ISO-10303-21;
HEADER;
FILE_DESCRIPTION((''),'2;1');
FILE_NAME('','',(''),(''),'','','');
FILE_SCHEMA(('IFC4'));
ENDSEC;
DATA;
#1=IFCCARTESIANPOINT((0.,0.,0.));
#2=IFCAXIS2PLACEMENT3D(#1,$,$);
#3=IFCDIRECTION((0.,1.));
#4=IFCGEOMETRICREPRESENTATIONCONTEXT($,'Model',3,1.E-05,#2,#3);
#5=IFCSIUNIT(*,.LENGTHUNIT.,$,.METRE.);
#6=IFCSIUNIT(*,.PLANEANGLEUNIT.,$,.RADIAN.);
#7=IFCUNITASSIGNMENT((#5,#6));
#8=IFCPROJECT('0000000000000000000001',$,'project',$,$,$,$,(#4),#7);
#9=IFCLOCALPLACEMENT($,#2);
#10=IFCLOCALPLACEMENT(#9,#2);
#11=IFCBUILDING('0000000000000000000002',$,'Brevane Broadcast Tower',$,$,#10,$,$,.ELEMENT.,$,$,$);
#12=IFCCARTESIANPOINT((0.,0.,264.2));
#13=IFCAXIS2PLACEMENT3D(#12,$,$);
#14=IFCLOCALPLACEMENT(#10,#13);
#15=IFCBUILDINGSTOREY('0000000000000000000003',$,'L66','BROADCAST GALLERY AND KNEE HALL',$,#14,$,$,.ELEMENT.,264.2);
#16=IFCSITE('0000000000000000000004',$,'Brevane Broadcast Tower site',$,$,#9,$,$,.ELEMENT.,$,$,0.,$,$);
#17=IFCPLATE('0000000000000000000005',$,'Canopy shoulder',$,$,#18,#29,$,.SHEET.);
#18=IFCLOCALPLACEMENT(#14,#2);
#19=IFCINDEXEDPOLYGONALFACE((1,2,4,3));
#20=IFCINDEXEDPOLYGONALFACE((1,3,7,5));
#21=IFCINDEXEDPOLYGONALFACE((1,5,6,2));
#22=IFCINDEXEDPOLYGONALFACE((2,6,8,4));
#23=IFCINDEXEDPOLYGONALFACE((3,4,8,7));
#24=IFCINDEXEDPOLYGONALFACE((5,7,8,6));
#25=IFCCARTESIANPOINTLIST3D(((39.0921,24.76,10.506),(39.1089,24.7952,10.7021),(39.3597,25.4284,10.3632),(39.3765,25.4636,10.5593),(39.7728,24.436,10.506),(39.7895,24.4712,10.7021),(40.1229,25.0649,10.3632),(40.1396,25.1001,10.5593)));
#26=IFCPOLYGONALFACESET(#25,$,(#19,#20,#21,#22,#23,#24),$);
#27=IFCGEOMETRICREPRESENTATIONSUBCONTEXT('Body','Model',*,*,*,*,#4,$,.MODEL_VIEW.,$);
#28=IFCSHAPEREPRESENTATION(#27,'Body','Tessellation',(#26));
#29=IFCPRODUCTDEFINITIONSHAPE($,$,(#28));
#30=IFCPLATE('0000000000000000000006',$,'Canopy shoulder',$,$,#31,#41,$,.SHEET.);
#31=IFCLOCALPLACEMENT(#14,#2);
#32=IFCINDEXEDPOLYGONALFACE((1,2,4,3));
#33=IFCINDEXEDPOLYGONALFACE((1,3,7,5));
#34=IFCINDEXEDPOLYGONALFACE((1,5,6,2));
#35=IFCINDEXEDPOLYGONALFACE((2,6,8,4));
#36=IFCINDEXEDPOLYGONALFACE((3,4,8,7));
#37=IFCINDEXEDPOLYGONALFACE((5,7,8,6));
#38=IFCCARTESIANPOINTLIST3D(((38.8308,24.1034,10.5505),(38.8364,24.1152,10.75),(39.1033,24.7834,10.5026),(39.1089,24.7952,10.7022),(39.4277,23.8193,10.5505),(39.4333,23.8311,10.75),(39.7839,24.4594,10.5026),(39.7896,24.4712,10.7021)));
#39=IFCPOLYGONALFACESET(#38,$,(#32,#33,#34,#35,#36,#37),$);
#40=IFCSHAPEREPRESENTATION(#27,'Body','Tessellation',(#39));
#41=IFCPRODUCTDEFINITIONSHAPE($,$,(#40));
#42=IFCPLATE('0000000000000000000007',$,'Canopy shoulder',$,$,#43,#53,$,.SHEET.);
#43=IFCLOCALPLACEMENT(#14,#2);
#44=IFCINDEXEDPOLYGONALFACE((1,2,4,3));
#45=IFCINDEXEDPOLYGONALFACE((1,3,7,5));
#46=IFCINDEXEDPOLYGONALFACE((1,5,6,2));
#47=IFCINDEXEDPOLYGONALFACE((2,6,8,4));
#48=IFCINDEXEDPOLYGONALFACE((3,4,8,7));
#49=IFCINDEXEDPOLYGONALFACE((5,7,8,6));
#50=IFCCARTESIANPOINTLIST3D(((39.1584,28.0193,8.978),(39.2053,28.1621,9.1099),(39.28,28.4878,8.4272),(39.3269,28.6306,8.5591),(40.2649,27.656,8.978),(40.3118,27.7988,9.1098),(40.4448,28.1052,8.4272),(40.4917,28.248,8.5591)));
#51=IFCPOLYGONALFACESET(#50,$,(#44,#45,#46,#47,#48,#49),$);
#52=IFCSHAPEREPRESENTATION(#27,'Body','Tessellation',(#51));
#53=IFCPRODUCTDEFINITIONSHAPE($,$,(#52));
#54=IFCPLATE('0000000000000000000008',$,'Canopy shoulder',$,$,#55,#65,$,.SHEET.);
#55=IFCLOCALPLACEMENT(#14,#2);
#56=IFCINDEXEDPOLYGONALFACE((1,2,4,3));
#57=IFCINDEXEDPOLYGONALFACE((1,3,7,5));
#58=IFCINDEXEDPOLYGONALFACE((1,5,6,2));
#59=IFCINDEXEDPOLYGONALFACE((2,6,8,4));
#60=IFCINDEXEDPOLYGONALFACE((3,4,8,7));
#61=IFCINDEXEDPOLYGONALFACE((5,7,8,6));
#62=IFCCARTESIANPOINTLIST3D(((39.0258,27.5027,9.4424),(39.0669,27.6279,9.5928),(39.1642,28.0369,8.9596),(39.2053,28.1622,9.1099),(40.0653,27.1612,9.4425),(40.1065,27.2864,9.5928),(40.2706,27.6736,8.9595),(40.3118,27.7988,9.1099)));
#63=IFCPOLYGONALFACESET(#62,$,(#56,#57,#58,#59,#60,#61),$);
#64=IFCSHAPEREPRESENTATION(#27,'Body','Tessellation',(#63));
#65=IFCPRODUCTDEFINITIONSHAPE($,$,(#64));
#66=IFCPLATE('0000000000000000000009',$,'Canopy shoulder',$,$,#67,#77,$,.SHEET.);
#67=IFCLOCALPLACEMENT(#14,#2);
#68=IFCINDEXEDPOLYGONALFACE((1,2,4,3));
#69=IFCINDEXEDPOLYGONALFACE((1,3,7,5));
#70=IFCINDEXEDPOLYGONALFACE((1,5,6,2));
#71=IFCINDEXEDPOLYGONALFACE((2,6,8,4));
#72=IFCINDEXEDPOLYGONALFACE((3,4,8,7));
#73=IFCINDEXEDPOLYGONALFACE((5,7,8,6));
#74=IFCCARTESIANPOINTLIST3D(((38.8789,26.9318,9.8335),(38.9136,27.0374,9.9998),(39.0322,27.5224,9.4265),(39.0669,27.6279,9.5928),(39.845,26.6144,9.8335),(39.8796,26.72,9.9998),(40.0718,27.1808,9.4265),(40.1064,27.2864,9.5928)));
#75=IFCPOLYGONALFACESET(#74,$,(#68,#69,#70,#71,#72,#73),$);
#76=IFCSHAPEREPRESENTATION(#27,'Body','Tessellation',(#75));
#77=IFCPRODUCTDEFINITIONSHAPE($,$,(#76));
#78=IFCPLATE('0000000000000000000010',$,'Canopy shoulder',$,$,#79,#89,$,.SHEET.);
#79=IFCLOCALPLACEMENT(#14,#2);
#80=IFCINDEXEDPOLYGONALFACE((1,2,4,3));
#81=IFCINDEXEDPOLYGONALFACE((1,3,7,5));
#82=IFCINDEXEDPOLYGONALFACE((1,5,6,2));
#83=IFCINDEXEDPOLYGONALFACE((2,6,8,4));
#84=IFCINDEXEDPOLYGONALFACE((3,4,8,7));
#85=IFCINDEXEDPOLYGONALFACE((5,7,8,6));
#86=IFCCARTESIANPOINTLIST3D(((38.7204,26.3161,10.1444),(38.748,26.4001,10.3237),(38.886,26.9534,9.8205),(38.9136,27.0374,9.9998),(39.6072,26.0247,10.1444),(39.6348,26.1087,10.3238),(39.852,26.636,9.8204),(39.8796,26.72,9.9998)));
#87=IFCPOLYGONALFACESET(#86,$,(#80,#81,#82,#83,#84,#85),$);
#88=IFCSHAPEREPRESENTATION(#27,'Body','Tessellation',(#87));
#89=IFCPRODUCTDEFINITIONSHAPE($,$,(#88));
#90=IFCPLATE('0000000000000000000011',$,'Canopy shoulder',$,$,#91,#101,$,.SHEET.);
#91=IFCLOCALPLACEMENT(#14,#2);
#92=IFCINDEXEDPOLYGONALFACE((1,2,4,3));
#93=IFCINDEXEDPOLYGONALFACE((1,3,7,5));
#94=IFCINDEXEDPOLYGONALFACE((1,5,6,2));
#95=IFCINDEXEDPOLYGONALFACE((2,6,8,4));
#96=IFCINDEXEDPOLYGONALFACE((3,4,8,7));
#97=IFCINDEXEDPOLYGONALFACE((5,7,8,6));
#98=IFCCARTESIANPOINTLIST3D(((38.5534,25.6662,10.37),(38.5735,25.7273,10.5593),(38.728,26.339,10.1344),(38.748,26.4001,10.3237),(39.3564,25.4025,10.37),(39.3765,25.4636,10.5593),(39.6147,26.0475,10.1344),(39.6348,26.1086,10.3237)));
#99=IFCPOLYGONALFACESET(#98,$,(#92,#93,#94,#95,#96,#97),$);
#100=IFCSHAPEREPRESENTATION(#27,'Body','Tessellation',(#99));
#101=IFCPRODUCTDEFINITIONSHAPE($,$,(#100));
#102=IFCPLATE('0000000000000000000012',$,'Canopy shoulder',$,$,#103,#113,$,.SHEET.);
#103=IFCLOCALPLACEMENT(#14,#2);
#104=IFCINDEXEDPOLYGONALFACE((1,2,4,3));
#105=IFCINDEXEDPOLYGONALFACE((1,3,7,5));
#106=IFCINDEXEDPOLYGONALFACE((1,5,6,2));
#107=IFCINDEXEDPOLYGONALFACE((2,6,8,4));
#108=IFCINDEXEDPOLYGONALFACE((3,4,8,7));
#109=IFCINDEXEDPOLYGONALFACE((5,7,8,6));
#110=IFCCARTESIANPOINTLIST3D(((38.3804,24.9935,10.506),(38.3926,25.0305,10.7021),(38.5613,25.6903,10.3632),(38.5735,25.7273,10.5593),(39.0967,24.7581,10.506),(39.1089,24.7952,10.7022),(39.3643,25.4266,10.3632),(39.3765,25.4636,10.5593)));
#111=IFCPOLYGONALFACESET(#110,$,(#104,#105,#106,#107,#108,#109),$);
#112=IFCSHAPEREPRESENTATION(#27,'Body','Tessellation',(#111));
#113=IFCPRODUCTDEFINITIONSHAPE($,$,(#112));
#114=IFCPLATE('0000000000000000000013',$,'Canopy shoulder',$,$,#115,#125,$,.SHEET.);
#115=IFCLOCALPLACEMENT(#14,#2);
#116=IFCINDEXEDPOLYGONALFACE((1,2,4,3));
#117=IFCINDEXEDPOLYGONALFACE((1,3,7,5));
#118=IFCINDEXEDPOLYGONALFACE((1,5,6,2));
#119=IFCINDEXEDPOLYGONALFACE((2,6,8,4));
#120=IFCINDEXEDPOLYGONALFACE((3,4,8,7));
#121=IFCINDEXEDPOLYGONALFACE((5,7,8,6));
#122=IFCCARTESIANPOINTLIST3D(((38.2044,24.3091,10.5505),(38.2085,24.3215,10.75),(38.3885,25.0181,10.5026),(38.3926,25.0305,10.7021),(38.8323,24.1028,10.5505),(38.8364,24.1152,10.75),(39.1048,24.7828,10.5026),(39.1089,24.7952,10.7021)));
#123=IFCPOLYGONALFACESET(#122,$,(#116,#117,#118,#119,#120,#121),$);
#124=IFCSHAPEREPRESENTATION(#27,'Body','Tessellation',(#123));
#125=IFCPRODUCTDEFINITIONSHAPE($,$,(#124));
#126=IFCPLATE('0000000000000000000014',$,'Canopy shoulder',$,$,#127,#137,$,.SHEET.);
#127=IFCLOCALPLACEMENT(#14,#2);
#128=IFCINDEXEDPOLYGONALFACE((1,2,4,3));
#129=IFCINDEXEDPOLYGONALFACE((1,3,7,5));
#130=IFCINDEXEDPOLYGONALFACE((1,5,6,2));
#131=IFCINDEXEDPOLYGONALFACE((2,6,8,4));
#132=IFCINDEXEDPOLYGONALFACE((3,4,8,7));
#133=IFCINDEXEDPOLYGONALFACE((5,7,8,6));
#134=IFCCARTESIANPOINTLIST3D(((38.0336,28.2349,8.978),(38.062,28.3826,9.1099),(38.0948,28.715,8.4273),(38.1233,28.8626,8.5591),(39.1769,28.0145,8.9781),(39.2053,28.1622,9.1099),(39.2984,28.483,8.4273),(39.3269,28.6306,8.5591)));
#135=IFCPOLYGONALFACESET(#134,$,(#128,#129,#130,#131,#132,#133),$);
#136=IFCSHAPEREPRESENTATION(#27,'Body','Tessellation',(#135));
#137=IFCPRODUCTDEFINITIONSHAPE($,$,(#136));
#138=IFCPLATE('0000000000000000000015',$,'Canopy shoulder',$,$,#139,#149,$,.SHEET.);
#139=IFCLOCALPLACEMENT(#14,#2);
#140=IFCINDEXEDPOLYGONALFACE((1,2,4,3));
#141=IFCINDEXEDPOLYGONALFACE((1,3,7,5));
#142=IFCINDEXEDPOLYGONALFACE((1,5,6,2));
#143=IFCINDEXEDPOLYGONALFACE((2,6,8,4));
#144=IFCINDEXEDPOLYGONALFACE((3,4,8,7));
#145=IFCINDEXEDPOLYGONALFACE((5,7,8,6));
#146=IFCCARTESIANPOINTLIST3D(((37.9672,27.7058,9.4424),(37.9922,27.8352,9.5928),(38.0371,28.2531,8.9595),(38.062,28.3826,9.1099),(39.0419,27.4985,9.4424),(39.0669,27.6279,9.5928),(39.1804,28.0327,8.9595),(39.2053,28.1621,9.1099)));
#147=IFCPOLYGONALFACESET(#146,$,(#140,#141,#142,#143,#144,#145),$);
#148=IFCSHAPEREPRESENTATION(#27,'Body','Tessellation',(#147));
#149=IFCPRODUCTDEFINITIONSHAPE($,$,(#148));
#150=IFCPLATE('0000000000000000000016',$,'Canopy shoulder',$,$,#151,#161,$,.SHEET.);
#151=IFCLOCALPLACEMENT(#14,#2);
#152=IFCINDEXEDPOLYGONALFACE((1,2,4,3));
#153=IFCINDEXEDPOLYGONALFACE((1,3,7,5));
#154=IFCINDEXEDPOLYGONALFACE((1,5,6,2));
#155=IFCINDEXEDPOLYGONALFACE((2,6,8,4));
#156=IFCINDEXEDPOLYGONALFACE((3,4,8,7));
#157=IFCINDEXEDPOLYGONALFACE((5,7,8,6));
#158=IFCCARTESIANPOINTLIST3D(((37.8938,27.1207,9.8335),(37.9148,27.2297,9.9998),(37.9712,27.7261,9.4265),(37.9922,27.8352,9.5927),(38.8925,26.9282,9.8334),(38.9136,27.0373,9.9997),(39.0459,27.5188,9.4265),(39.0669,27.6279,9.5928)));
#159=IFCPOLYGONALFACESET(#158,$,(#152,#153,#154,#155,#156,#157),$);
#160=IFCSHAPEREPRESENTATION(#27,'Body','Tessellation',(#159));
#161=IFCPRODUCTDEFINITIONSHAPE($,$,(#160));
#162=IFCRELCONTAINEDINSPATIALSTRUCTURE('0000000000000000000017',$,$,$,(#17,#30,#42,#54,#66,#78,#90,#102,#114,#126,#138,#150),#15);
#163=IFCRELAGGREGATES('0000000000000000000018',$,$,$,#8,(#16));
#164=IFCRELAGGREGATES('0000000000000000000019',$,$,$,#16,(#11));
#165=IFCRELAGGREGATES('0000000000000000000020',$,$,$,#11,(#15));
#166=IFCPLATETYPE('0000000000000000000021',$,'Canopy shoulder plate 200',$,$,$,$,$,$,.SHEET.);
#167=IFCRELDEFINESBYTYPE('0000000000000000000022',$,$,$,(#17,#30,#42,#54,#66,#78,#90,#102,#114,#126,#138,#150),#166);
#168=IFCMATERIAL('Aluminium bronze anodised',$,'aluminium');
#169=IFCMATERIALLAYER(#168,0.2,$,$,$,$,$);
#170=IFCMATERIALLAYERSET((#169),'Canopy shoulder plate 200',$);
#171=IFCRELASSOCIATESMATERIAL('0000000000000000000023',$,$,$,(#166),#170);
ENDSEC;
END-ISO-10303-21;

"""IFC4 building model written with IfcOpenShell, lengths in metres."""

from ifc_helpers import new_model, si_unit, direction, frame, origin, place, context, subcontext, project, spatial, polyline, outline, extrude, material, layer, layer_set, type_object, element, save


model = new_model("IFC4")

# Units and contexts
model_context = context("Model", 3, precision=1e-05, world=origin(), true_north=direction((0.0, 1.0)))
body_context = subcontext(model_context, "Body", "Model", "MODEL_VIEW")
ifc_project = project(units=[si_unit("LENGTHUNIT", "METRE"), si_unit("PLANEANGLEUNIT", "RADIAN")], contexts=[model_context])

# Site, building, storey
site_placement = place(None, origin())
site = spatial("IfcSite", under=ifc_project, at=site_placement, Name="Brevane Broadcast Tower site", CompositionType="ELEMENT", RefElevation=0.0)
building_placement = place(site_placement, origin())
building = spatial("IfcBuilding", under=site, at=building_placement, Name="Brevane Broadcast Tower", CompositionType="ELEMENT")
storey_placement = place(building_placement, frame((0.0, 0.0, 264.2)))
storey = spatial("IfcBuildingStorey", under=building, at=storey_placement, Name="L66", Description="BROADCAST GALLERY AND KNEE HALL", CompositionType="ELEMENT", Elevation=264.2)

# Plates
ifc_material = material(Name="Aluminium bronze anodised", Category="aluminium")
ifc_layer = layer(ifc_material, 0.2)
ifc_layer_set = layer_set([ifc_layer], Name="Canopy shoulder plate 200")
plate_type = type_object("IfcPlateType", Name="Canopy shoulder plate 200", PredefinedType="SHEET", material=ifc_layer_set)
plate_1_placement = place(storey_placement, frame((40.1396, 25.1001, 10.5593), z_axis=(0.083823, 0.176039, 0.980808), x_axis=(-0.902815, 0.43003, -0.000026)))
element("IfcPlate", 1, at=plate_1_placement, inside=storey, type_object=plate_type, Name="Canopy shoulder", PredefinedType="SHEET", context=body_context, shape_type="SweptSolid", body=[
    extrude(outline(polyline([(0.0, 0.0), (0.8453, 0.0), (0.7995, 0.7326), (0.0456, 0.7324), (0.0, 0.0)])), origin(), (0.0, 0.0, -1.0), 0.2),
])
plate_2_placement = place(storey_placement, frame((39.7896, 24.4712, 10.7021), z_axis=(0.028073, 0.058975, 0.997865), x_axis=(-0.902938, 0.42977, 0.000003)))
element("IfcPlate", 2, at=plate_2_placement, inside=storey, type_object=plate_type, Name="Canopy shoulder", PredefinedType="SHEET", context=body_context, shape_type="SweptSolid", body=[
    extrude(outline(polyline([(0.0, 0.0), (0.7538, 0.0), (0.7076, 0.7326), (0.0465, 0.7327), (0.0, 0.0)])), origin(), (0.0, 0.0, -1.0), 0.2),
])
plate_3_placement = place(storey_placement, frame((40.4917, 28.248, 8.5591), z_axis=(0.234578, 0.714329, 0.659323), x_axis=(-0.950077, 0.312017, -0.000024)))
element("IfcPlate", 3, at=plate_3_placement, inside=storey, type_object=plate_type, Name="Canopy shoulder", PredefinedType="SHEET", context=body_context, shape_type="SweptSolid", body=[
    extrude(outline(polyline([(0.0, 0.0), (1.226, 0.0), (1.1953, 0.7326), (0.0308, 0.7325), (0.0, 0.0)])), origin(), (0.0, 0.0, -1.0), 0.2),
])
plate_4_placement = place(storey_placement, frame((40.3118, 27.7988, 9.1099), z_axis=(0.205709, 0.626318, 0.751937), x_axis=(-0.950086, 0.311989, 0.000049)))
element("IfcPlate", 4, at=plate_4_placement, inside=storey, type_object=plate_type, Name="Canopy shoulder", PredefinedType="SHEET", context=body_context, shape_type="SweptSolid", body=[
    extrude(outline(polyline([(0.0, 0.0), (1.1646, 0.0), (1.1294, 0.7324), (0.0352, 0.7326), (0.0, 0.0)])), origin(), (0.0, 0.0, -1.0), 0.2),
])
plate_5_placement = place(storey_placement, frame((40.1064, 27.2864, 9.5928), z_axis=(0.173446, 0.52792, 0.831394), x_axis=(-0.950037, 0.312138, -0.000005)))
element("IfcPlate", 5, at=plate_5_placement, inside=storey, type_object=plate_type, Name="Canopy shoulder", PredefinedType="SHEET", context=body_context, shape_type="SweptSolid", body=[
    extrude(outline(polyline([(0.0, 0.0), (1.0942, 0.0), (1.0555, 0.7324), (0.0387, 0.7324), (0.0, 0.0)])), origin(), (0.0, 0.0, -1.0), 0.2),
])
plate_6_placement = place(storey_placement, frame((39.8796, 26.72, 9.9998), z_axis=(0.138056, 0.420092, 0.896919), x_axis=(-0.950037, 0.312136, 0.000036)))
element("IfcPlate", 6, at=plate_6_placement, inside=storey, type_object=plate_type, Name="Canopy shoulder", PredefinedType="SHEET", context=body_context, shape_type="SweptSolid", body=[
    extrude(outline(polyline([(0.0, 0.0), (1.0169, 0.0), (0.9752, 0.7326), (0.0418, 0.7327), (0.0, 0.0)])), origin(), (0.0, 0.0, -1.0), 0.2),
])
plate_7_placement = place(storey_placement, frame((39.6348, 26.1086, 10.3237), z_axis=(0.100398, 0.305565, 0.946863), x_axis=(-0.949988, 0.312286, -0.000049)))
element("IfcPlate", 7, at=plate_7_placement, inside=storey, type_object=plate_type, Name="Canopy shoulder", PredefinedType="SHEET", context=body_context, shape_type="SweptSolid", body=[
    extrude(outline(polyline([(0.0, 0.0), (0.9334, 0.0), (0.8891, 0.7326), (0.0439, 0.7324), (0.0, 0.0)])), origin(), (0.0, 0.0, -1.0), 0.2),
])
plate_8_placement = place(storey_placement, frame((39.3765, 25.4636, 10.5593), z_axis=(0.060839, 0.185227, 0.980811), x_axis=(-0.950088, 0.311981, 0.000016)))
element("IfcPlate", 8, at=plate_8_placement, inside=storey, type_object=plate_type, Name="Canopy shoulder", PredefinedType="SHEET", context=body_context, shape_type="SweptSolid", body=[
    extrude(outline(polyline([(0.0, 0.0), (0.8452, 0.0), (0.7997, 0.7325), (0.0457, 0.7326), (0.0, 0.0)])), origin(), (0.0, 0.0, -1.0), 0.2),
])
plate_9_placement = place(storey_placement, frame((39.1089, 24.7952, 10.7021), z_axis=(0.020389, 0.062056, 0.997864), x_axis=(-0.950035, 0.312145, -0.000001)))
element("IfcPlate", 9, at=plate_9_placement, inside=storey, type_object=plate_type, Name="Canopy shoulder", PredefinedType="SHEET", context=body_context, shape_type="SweptSolid", body=[
    extrude(outline(polyline([(0.0, 0.0), (0.754, 0.0), (0.7076, 0.7326), (0.0466, 0.7326), (0.0, 0.0)])), origin(), (0.0, 0.0, -1.0), 0.2),
])
plate_10_placement = place(storey_placement, frame((39.3269, 28.6306, 8.5591), z_axis=(0.142311, 0.73828, 0.65931), x_axis=(-0.981929, 0.18925, 0.00003)))
element("IfcPlate", 10, at=plate_10_placement, inside=storey, type_object=plate_type, Name="Canopy shoulder", PredefinedType="SHEET", context=body_context, shape_type="SweptSolid", body=[
    extrude(outline(polyline([(0.0, 0.0), (1.2258, 0.0), (1.1951, 0.7325), (0.0307, 0.7326), (0.0, 0.0)])), origin(), (0.0, 0.0, -1.0), 0.2),
])
plate_11_placement = place(storey_placement, frame((39.2053, 28.1621, 9.1099), z_axis=(0.124845, 0.647383, 0.75187), x_axis=(-0.98191, 0.189346, 0.00001)))
element("IfcPlate", 11, at=plate_11_placement, inside=storey, type_object=plate_type, Name="Canopy shoulder", PredefinedType="SHEET", context=body_context, shape_type="SweptSolid", body=[
    extrude(outline(polyline([(0.0, 0.0), (1.1644, 0.0), (1.1293, 0.7324), (0.0348, 0.7325), (0.0, 0.0)])), origin(), (0.0, 0.0, -1.0), 0.2),
])
plate_12_placement = place(storey_placement, frame((39.0669, 27.6279, 9.5928), z_axis=(0.105154, 0.545557, 0.83145), x_axis=(-0.981911, 0.189342, -0.000053)))
element("IfcPlate", 12, at=plate_12_placement, inside=storey, type_object=plate_type, Name="Canopy shoulder", PredefinedType="SHEET", context=body_context, shape_type="SweptSolid", body=[
    extrude(outline(polyline([(0.0, 0.0), (1.0945, 0.0), (1.0558, 0.7326), (0.0387, 0.7324), (0.0, 0.0)])), origin(), (0.0, 0.0, -1.0), 0.2),
])

save(model, "model.ifc")
